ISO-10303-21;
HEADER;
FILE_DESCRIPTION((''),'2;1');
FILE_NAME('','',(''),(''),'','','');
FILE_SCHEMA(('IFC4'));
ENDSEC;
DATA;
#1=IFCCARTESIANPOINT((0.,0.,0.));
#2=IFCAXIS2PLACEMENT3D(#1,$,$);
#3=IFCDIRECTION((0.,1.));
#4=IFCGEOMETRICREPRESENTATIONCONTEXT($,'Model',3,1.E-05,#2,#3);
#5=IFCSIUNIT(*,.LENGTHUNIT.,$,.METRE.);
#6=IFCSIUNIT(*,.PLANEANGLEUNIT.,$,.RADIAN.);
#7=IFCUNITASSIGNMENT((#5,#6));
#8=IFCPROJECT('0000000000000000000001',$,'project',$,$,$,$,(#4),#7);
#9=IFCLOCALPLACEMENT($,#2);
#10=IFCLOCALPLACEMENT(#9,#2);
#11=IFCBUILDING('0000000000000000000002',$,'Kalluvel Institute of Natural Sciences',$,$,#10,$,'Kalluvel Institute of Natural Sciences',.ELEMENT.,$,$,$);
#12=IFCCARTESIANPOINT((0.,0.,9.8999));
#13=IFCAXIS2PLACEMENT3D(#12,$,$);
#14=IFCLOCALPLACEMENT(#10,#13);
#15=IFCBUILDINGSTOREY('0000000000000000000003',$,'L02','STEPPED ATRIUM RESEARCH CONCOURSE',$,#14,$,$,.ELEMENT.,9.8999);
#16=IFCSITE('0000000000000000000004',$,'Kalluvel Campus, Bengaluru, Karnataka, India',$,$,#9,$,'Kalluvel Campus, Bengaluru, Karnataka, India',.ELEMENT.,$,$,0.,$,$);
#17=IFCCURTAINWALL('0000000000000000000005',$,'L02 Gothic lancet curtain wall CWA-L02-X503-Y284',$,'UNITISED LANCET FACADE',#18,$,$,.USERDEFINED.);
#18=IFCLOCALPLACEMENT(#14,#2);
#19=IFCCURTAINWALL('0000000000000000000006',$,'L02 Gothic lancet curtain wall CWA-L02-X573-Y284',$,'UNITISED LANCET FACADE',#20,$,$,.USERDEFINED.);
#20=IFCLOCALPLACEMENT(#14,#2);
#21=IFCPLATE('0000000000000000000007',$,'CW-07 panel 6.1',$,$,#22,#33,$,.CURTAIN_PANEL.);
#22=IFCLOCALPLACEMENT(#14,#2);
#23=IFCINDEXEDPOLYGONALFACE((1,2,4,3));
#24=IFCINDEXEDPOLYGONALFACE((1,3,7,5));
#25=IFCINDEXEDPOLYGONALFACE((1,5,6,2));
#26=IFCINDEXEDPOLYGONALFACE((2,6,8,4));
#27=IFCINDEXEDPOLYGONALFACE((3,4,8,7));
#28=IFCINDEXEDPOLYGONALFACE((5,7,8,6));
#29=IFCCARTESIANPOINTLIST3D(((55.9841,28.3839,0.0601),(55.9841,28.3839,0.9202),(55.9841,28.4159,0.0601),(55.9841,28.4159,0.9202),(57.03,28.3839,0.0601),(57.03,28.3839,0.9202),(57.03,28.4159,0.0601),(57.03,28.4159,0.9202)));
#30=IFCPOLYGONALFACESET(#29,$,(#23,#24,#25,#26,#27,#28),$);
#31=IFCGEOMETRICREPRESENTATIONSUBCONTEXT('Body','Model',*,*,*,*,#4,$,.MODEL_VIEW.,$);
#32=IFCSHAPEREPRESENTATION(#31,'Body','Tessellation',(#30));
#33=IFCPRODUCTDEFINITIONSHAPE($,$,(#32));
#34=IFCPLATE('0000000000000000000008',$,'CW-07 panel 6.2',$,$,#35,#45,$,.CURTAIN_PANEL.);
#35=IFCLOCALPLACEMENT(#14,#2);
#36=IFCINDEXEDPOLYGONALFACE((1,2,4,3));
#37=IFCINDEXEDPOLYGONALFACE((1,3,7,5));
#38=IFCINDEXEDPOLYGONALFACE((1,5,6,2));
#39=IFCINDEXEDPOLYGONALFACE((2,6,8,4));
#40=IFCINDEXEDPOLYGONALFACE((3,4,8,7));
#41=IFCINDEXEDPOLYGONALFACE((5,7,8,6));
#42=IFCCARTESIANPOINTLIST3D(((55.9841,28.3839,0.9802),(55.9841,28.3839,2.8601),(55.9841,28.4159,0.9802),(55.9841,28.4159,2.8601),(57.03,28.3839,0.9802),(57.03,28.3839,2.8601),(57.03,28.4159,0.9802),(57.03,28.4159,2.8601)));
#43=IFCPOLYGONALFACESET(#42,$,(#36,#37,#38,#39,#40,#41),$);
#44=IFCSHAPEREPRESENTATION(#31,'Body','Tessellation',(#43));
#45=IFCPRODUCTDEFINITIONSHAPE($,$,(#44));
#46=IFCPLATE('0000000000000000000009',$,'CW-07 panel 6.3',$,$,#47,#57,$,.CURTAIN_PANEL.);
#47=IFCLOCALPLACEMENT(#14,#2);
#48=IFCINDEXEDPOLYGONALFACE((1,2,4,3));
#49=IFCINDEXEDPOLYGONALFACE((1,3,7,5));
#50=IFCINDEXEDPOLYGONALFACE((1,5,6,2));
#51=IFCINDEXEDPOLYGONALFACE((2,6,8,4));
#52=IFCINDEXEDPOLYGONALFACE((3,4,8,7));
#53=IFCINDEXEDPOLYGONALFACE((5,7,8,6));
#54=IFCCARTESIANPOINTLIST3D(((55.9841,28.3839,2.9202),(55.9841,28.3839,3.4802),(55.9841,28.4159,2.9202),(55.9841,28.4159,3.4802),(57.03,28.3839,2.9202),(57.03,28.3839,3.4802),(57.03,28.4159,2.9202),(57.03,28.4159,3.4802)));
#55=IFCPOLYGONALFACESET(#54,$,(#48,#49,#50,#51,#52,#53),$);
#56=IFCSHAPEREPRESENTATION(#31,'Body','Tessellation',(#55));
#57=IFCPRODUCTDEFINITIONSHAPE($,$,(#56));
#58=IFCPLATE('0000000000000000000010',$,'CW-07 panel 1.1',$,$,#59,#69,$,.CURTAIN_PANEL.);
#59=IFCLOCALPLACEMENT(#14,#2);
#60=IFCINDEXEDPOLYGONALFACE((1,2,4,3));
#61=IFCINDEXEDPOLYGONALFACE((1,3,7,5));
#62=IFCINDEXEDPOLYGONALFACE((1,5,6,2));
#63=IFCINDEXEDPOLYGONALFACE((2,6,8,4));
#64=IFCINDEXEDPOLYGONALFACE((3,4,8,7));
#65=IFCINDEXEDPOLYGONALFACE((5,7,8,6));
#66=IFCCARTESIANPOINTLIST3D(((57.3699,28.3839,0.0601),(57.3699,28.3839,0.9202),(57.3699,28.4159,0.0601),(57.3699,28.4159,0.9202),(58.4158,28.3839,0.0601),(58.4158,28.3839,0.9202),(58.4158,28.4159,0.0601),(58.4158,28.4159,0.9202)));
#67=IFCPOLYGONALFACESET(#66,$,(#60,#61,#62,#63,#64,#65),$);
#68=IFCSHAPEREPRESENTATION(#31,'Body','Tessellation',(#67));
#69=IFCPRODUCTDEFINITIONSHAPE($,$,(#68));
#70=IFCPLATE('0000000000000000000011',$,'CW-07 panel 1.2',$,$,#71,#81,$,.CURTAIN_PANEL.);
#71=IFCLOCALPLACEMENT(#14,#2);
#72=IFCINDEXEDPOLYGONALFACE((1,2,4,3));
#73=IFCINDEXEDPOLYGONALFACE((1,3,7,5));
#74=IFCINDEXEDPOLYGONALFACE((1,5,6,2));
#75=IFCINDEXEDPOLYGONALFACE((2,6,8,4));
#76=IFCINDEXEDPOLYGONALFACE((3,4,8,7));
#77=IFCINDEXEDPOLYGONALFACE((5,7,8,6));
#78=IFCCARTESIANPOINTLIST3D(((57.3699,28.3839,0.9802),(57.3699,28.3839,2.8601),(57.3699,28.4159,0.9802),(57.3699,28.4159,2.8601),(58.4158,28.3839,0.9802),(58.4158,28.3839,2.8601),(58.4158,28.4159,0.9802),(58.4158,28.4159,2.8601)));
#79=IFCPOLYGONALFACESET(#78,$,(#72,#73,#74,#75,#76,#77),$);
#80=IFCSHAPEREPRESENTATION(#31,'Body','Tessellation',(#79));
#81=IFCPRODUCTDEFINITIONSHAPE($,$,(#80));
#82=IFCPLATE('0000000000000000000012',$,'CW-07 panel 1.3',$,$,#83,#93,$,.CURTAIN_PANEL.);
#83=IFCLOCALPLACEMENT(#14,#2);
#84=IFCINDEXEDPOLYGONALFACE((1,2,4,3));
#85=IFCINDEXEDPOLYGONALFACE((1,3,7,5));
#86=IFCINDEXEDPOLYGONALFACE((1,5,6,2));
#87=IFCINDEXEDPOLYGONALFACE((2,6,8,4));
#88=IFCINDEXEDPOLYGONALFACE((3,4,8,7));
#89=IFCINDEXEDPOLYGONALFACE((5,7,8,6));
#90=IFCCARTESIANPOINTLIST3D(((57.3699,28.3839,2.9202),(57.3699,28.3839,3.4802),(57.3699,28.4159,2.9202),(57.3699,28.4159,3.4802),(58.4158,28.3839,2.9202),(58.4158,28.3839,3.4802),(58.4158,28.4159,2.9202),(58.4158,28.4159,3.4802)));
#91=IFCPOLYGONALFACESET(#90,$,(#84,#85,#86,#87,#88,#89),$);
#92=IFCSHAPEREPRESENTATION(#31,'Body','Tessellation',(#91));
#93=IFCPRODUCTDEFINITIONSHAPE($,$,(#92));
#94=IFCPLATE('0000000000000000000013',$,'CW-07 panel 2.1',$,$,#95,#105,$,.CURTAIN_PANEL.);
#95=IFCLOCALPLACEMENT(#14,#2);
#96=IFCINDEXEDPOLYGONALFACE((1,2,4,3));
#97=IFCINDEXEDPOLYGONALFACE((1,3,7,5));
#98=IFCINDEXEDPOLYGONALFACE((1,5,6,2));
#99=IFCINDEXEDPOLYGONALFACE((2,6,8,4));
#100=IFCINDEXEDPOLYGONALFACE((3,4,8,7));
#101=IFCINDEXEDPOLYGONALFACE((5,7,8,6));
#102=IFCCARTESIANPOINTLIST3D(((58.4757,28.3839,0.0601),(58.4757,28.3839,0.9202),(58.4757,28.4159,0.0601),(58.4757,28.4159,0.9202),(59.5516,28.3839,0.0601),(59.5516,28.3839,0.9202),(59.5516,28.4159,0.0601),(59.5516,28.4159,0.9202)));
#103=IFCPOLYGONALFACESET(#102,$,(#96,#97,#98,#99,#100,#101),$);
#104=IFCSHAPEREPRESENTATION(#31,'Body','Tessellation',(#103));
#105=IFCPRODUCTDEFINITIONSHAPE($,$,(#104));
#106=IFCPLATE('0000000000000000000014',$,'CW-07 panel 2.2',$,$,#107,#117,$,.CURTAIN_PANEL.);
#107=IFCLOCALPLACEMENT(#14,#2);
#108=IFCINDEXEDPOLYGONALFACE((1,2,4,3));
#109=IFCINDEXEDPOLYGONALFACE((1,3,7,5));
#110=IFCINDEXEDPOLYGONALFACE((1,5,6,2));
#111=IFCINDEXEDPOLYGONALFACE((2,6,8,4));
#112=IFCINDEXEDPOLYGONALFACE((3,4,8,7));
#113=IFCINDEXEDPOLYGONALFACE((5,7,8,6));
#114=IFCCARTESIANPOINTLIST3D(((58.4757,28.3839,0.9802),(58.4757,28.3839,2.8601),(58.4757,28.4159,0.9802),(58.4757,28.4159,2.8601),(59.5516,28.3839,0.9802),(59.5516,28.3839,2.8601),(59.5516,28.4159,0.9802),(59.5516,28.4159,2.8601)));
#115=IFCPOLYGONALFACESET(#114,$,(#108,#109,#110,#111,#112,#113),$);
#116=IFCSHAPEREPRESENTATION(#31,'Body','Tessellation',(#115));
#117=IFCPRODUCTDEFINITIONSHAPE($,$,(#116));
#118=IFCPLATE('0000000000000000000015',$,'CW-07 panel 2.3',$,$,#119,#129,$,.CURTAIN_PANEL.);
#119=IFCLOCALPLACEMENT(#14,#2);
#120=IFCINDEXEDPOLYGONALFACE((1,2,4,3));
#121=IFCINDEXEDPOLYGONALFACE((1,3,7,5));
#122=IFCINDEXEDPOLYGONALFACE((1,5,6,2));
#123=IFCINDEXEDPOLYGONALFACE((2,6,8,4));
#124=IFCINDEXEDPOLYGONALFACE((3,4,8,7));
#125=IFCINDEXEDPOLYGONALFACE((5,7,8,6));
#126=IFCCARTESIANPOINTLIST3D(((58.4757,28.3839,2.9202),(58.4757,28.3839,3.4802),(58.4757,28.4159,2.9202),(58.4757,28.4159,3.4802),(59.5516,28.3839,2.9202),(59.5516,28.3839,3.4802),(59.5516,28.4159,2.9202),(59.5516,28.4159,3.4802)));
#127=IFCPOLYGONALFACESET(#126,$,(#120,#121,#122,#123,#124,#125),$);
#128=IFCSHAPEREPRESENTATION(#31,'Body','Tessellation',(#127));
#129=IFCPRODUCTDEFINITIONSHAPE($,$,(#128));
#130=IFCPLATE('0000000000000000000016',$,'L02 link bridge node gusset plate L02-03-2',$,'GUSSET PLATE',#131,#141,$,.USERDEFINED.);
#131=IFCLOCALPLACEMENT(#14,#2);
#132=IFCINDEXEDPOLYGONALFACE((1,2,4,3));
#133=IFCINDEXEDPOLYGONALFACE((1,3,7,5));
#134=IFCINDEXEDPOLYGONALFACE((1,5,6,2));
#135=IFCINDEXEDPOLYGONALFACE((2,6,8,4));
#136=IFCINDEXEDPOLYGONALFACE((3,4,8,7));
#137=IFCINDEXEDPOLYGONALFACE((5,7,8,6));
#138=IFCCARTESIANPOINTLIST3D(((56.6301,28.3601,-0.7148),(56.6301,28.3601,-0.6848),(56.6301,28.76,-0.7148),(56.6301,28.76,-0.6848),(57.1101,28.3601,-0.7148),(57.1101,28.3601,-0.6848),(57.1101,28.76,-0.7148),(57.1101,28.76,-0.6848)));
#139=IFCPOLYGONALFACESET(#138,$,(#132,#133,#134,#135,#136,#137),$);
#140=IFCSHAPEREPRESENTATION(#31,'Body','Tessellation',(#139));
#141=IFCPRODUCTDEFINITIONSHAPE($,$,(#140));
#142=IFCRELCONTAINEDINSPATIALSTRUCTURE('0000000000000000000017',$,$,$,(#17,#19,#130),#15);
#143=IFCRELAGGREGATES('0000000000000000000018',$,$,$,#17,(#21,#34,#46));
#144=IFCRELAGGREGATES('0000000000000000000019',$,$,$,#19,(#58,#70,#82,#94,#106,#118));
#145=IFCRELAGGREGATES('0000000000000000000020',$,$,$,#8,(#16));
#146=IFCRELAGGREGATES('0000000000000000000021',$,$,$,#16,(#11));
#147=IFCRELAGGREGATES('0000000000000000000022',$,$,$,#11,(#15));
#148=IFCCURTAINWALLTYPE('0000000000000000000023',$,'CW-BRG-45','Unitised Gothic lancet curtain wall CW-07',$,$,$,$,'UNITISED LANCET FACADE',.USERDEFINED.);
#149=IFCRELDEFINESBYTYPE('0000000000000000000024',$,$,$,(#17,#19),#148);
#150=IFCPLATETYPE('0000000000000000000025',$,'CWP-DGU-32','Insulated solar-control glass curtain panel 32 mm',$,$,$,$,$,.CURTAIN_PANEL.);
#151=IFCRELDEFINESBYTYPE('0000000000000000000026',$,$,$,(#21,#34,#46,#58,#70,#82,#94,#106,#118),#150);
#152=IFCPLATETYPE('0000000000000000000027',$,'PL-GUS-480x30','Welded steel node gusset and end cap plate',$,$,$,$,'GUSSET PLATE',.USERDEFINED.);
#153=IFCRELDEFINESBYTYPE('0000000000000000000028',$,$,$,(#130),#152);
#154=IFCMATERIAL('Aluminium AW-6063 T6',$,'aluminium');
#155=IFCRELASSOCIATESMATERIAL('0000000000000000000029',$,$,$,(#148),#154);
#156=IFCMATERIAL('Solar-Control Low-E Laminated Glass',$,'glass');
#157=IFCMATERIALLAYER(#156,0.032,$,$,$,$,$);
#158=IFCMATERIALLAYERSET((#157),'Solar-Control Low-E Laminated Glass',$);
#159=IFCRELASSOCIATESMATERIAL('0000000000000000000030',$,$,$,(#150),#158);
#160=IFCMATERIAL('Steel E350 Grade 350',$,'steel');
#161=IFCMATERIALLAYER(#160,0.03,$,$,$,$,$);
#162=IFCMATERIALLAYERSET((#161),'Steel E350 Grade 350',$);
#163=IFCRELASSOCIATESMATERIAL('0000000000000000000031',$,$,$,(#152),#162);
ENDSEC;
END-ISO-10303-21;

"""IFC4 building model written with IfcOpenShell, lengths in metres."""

from ifc_helpers import new_model, si_unit, direction, frame, origin, origin_2d, place, context, subcontext, project, spatial, rectangle, extrude, material, layer, layer_set, type_object, element, aggregate, save


model = new_model("IFC4")

# Units and contexts
model_context = context("Model", 3, precision=1e-05, world=origin(), true_north=direction((0.0, 1.0)))
body_context = subcontext(model_context, "Body", "Model", "MODEL_VIEW")
ifc_project = project(units=[si_unit("LENGTHUNIT", "METRE"), si_unit("PLANEANGLEUNIT", "RADIAN")], contexts=[model_context])

# Site, building, storey
site_placement = place(None, origin())
site = spatial("IfcSite", under=ifc_project, at=site_placement, Name="Kalluvel Campus, Bengaluru, Karnataka, India", LongName="Kalluvel Campus, Bengaluru, Karnataka, India", CompositionType="ELEMENT", RefElevation=0.0)
building_placement = place(site_placement, origin())
building = spatial("IfcBuilding", under=site, at=building_placement, Name="Kalluvel Institute of Natural Sciences", LongName="Kalluvel Institute of Natural Sciences", CompositionType="ELEMENT")
storey_placement = place(building_placement, frame((0.0, 0.0, 9.8999)))
storey = spatial("IfcBuildingStorey", under=building, at=storey_placement, Name="L02", Description="STEPPED ATRIUM RESEARCH CONCOURSE", CompositionType="ELEMENT", Elevation=9.8999)

# Shared definitions
ifc_material_1 = material(Name="Steel E350 Grade 350", Category="steel")

# Curtain wall
ifc_material_2 = material(Name="Aluminium AW-6063 T6", Category="aluminium")
curtain_wall_type = type_object("IfcCurtainWallType", Name="CW-BRG-45", Description="Unitised Gothic lancet curtain wall CW-07", ElementType="UNITISED LANCET FACADE", PredefinedType="USERDEFINED", material=ifc_material_2)
curtain_wall_1_placement = place(storey_placement, origin())
curtain_wall_1 = element("IfcCurtainWall", 1, at=curtain_wall_1_placement, inside=storey, type_object=curtain_wall_type, Name="L02 Gothic lancet curtain wall CWA-L02-X503-Y284", ObjectType="UNITISED LANCET FACADE", PredefinedType="USERDEFINED")

# Curtain wall
curtain_wall_2_placement = place(storey_placement, origin())
curtain_wall_2 = element("IfcCurtainWall", 2, at=curtain_wall_2_placement, inside=storey, type_object=curtain_wall_type, Name="L02 Gothic lancet curtain wall CWA-L02-X573-Y284", ObjectType="UNITISED LANCET FACADE", PredefinedType="USERDEFINED")

# Plates
ifc_material_3 = material(Name="Solar-Control Low-E Laminated Glass", Category="glass")
ifc_layer_1 = layer(ifc_material_3, 0.032)
ifc_layer_set_1 = layer_set([ifc_layer_1], Name="Solar-Control Low-E Laminated Glass")
plate_type_1 = type_object("IfcPlateType", Name="CWP-DGU-32", Description="Insulated solar-control glass curtain panel 32 mm", PredefinedType="CURTAIN_PANEL", material=ifc_layer_set_1)
plate_1_placement = place(storey_placement, frame((56.5071, 28.3999, 0.0601), z_axis=(0.0, 0.0, 1.0), x_axis=(1.0, 0.0, 0.0)))
plate_1 = element("IfcPlate", 3, at=plate_1_placement, type_object=plate_type_1, Name="CW-07 panel 6.1", PredefinedType="CURTAIN_PANEL", context=body_context, shape_type="SweptSolid", body=[
    extrude(rectangle(XDim=1.0459, YDim=0.032, at=origin_2d()), origin(), (0.0, 0.0, 1.0), 0.8601),
])
plate_2_placement = place(storey_placement, frame((56.5071, 28.3999, 0.9802), z_axis=(0.0, 0.0, 1.0), x_axis=(1.0, 0.0, 0.0)))
plate_2 = element("IfcPlate", 4, at=plate_2_placement, type_object=plate_type_1, Name="CW-07 panel 6.2", PredefinedType="CURTAIN_PANEL", context=body_context, shape_type="SweptSolid", body=[
    extrude(rectangle(XDim=1.0459, YDim=0.032, at=origin_2d()), origin(), (0.0, 0.0, 1.0), 1.8799),
])
plate_3_placement = place(storey_placement, frame((56.5071, 28.3999, 2.9202), z_axis=(0.0, 0.0, 1.0), x_axis=(1.0, 0.0, 0.0)))
plate_3 = element("IfcPlate", 5, at=plate_3_placement, type_object=plate_type_1, Name="CW-07 panel 6.3", PredefinedType="CURTAIN_PANEL", context=body_context, shape_type="SweptSolid", body=[
    extrude(rectangle(XDim=1.0459, YDim=0.032, at=origin_2d()), origin(), (0.0, 0.0, 1.0), 0.5601),
])
aggregate(curtain_wall_1, [plate_1, plate_2, plate_3])
plate_4_placement = place(storey_placement, frame((57.8928, 28.3999, 0.0601), z_axis=(0.0, 0.0, 1.0), x_axis=(1.0, 0.0, 0.0)))
plate_4 = element("IfcPlate", 6, at=plate_4_placement, type_object=plate_type_1, Name="CW-07 panel 1.1", PredefinedType="CURTAIN_PANEL", context=body_context, shape_type="SweptSolid", body=[
    extrude(rectangle(XDim=1.0459, YDim=0.032, at=origin_2d()), origin(), (0.0, 0.0, 1.0), 0.8601),
])
plate_5_placement = place(storey_placement, frame((57.8928, 28.3999, 0.9802), z_axis=(0.0, 0.0, 1.0), x_axis=(1.0, 0.0, 0.0)))
plate_5 = element("IfcPlate", 7, at=plate_5_placement, type_object=plate_type_1, Name="CW-07 panel 1.2", PredefinedType="CURTAIN_PANEL", context=body_context, shape_type="SweptSolid", body=[
    extrude(rectangle(XDim=1.0459, YDim=0.032, at=origin_2d()), origin(), (0.0, 0.0, 1.0), 1.8799),
])
plate_6_placement = place(storey_placement, frame((57.8928, 28.3999, 2.9202), z_axis=(0.0, 0.0, 1.0), x_axis=(1.0, 0.0, 0.0)))
plate_6 = element("IfcPlate", 8, at=plate_6_placement, type_object=plate_type_1, Name="CW-07 panel 1.3", PredefinedType="CURTAIN_PANEL", context=body_context, shape_type="SweptSolid", body=[
    extrude(rectangle(XDim=1.0459, YDim=0.032, at=origin_2d()), origin(), (0.0, 0.0, 1.0), 0.5601),
])
plate_7_placement = place(storey_placement, frame((59.0137, 28.3999, 0.0601), z_axis=(0.0, 0.0, 1.0), x_axis=(1.0, 0.0, 0.0)))
plate_7 = element("IfcPlate", 9, at=plate_7_placement, type_object=plate_type_1, Name="CW-07 panel 2.1", PredefinedType="CURTAIN_PANEL", context=body_context, shape_type="SweptSolid", body=[
    extrude(rectangle(XDim=1.0759, YDim=0.032, at=origin_2d()), origin(), (0.0, 0.0, 1.0), 0.8601),
])
plate_8_placement = place(storey_placement, frame((59.0137, 28.3999, 0.9802), z_axis=(0.0, 0.0, 1.0), x_axis=(1.0, 0.0, 0.0)))
plate_8 = element("IfcPlate", 10, at=plate_8_placement, type_object=plate_type_1, Name="CW-07 panel 2.2", PredefinedType="CURTAIN_PANEL", context=body_context, shape_type="SweptSolid", body=[
    extrude(rectangle(XDim=1.0759, YDim=0.032, at=origin_2d()), origin(), (0.0, 0.0, 1.0), 1.8799),
])
plate_9_placement = place(storey_placement, frame((59.0137, 28.3999, 2.9202), z_axis=(0.0, 0.0, 1.0), x_axis=(1.0, 0.0, 0.0)))
plate_9 = element("IfcPlate", 11, at=plate_9_placement, type_object=plate_type_1, Name="CW-07 panel 2.3", PredefinedType="CURTAIN_PANEL", context=body_context, shape_type="SweptSolid", body=[
    extrude(rectangle(XDim=1.0759, YDim=0.032, at=origin_2d()), origin(), (0.0, 0.0, 1.0), 0.5601),
])
aggregate(curtain_wall_2, [plate_4, plate_5, plate_6, plate_7, plate_8, plate_9])
ifc_layer_2 = layer(ifc_material_1, 0.03)
ifc_layer_set_2 = layer_set([ifc_layer_2], Name="Steel E350 Grade 350")
plate_type_2 = type_object("IfcPlateType", Name="PL-GUS-480x30", Description="Welded steel node gusset and end cap plate", ElementType="GUSSET PLATE", PredefinedType="USERDEFINED", material=ifc_layer_set_2)
plate_10_placement = place(storey_placement, frame((56.8701, 28.5601, -0.7148), z_axis=(0.0, 0.0, 1.0), x_axis=(1.0, 0.0, 0.0)))
element("IfcPlate", 12, at=plate_10_placement, inside=storey, type_object=plate_type_2, Name="L02 link bridge node gusset plate L02-03-2", ObjectType="GUSSET PLATE", PredefinedType="USERDEFINED", context=body_context, shape_type="SweptSolid", body=[
    extrude(rectangle(XDim=0.48, YDim=0.3999, at=origin_2d()), origin(), (0.0, 0.0, 1.0), 0.03),
])

save(model, "model.ifc")
